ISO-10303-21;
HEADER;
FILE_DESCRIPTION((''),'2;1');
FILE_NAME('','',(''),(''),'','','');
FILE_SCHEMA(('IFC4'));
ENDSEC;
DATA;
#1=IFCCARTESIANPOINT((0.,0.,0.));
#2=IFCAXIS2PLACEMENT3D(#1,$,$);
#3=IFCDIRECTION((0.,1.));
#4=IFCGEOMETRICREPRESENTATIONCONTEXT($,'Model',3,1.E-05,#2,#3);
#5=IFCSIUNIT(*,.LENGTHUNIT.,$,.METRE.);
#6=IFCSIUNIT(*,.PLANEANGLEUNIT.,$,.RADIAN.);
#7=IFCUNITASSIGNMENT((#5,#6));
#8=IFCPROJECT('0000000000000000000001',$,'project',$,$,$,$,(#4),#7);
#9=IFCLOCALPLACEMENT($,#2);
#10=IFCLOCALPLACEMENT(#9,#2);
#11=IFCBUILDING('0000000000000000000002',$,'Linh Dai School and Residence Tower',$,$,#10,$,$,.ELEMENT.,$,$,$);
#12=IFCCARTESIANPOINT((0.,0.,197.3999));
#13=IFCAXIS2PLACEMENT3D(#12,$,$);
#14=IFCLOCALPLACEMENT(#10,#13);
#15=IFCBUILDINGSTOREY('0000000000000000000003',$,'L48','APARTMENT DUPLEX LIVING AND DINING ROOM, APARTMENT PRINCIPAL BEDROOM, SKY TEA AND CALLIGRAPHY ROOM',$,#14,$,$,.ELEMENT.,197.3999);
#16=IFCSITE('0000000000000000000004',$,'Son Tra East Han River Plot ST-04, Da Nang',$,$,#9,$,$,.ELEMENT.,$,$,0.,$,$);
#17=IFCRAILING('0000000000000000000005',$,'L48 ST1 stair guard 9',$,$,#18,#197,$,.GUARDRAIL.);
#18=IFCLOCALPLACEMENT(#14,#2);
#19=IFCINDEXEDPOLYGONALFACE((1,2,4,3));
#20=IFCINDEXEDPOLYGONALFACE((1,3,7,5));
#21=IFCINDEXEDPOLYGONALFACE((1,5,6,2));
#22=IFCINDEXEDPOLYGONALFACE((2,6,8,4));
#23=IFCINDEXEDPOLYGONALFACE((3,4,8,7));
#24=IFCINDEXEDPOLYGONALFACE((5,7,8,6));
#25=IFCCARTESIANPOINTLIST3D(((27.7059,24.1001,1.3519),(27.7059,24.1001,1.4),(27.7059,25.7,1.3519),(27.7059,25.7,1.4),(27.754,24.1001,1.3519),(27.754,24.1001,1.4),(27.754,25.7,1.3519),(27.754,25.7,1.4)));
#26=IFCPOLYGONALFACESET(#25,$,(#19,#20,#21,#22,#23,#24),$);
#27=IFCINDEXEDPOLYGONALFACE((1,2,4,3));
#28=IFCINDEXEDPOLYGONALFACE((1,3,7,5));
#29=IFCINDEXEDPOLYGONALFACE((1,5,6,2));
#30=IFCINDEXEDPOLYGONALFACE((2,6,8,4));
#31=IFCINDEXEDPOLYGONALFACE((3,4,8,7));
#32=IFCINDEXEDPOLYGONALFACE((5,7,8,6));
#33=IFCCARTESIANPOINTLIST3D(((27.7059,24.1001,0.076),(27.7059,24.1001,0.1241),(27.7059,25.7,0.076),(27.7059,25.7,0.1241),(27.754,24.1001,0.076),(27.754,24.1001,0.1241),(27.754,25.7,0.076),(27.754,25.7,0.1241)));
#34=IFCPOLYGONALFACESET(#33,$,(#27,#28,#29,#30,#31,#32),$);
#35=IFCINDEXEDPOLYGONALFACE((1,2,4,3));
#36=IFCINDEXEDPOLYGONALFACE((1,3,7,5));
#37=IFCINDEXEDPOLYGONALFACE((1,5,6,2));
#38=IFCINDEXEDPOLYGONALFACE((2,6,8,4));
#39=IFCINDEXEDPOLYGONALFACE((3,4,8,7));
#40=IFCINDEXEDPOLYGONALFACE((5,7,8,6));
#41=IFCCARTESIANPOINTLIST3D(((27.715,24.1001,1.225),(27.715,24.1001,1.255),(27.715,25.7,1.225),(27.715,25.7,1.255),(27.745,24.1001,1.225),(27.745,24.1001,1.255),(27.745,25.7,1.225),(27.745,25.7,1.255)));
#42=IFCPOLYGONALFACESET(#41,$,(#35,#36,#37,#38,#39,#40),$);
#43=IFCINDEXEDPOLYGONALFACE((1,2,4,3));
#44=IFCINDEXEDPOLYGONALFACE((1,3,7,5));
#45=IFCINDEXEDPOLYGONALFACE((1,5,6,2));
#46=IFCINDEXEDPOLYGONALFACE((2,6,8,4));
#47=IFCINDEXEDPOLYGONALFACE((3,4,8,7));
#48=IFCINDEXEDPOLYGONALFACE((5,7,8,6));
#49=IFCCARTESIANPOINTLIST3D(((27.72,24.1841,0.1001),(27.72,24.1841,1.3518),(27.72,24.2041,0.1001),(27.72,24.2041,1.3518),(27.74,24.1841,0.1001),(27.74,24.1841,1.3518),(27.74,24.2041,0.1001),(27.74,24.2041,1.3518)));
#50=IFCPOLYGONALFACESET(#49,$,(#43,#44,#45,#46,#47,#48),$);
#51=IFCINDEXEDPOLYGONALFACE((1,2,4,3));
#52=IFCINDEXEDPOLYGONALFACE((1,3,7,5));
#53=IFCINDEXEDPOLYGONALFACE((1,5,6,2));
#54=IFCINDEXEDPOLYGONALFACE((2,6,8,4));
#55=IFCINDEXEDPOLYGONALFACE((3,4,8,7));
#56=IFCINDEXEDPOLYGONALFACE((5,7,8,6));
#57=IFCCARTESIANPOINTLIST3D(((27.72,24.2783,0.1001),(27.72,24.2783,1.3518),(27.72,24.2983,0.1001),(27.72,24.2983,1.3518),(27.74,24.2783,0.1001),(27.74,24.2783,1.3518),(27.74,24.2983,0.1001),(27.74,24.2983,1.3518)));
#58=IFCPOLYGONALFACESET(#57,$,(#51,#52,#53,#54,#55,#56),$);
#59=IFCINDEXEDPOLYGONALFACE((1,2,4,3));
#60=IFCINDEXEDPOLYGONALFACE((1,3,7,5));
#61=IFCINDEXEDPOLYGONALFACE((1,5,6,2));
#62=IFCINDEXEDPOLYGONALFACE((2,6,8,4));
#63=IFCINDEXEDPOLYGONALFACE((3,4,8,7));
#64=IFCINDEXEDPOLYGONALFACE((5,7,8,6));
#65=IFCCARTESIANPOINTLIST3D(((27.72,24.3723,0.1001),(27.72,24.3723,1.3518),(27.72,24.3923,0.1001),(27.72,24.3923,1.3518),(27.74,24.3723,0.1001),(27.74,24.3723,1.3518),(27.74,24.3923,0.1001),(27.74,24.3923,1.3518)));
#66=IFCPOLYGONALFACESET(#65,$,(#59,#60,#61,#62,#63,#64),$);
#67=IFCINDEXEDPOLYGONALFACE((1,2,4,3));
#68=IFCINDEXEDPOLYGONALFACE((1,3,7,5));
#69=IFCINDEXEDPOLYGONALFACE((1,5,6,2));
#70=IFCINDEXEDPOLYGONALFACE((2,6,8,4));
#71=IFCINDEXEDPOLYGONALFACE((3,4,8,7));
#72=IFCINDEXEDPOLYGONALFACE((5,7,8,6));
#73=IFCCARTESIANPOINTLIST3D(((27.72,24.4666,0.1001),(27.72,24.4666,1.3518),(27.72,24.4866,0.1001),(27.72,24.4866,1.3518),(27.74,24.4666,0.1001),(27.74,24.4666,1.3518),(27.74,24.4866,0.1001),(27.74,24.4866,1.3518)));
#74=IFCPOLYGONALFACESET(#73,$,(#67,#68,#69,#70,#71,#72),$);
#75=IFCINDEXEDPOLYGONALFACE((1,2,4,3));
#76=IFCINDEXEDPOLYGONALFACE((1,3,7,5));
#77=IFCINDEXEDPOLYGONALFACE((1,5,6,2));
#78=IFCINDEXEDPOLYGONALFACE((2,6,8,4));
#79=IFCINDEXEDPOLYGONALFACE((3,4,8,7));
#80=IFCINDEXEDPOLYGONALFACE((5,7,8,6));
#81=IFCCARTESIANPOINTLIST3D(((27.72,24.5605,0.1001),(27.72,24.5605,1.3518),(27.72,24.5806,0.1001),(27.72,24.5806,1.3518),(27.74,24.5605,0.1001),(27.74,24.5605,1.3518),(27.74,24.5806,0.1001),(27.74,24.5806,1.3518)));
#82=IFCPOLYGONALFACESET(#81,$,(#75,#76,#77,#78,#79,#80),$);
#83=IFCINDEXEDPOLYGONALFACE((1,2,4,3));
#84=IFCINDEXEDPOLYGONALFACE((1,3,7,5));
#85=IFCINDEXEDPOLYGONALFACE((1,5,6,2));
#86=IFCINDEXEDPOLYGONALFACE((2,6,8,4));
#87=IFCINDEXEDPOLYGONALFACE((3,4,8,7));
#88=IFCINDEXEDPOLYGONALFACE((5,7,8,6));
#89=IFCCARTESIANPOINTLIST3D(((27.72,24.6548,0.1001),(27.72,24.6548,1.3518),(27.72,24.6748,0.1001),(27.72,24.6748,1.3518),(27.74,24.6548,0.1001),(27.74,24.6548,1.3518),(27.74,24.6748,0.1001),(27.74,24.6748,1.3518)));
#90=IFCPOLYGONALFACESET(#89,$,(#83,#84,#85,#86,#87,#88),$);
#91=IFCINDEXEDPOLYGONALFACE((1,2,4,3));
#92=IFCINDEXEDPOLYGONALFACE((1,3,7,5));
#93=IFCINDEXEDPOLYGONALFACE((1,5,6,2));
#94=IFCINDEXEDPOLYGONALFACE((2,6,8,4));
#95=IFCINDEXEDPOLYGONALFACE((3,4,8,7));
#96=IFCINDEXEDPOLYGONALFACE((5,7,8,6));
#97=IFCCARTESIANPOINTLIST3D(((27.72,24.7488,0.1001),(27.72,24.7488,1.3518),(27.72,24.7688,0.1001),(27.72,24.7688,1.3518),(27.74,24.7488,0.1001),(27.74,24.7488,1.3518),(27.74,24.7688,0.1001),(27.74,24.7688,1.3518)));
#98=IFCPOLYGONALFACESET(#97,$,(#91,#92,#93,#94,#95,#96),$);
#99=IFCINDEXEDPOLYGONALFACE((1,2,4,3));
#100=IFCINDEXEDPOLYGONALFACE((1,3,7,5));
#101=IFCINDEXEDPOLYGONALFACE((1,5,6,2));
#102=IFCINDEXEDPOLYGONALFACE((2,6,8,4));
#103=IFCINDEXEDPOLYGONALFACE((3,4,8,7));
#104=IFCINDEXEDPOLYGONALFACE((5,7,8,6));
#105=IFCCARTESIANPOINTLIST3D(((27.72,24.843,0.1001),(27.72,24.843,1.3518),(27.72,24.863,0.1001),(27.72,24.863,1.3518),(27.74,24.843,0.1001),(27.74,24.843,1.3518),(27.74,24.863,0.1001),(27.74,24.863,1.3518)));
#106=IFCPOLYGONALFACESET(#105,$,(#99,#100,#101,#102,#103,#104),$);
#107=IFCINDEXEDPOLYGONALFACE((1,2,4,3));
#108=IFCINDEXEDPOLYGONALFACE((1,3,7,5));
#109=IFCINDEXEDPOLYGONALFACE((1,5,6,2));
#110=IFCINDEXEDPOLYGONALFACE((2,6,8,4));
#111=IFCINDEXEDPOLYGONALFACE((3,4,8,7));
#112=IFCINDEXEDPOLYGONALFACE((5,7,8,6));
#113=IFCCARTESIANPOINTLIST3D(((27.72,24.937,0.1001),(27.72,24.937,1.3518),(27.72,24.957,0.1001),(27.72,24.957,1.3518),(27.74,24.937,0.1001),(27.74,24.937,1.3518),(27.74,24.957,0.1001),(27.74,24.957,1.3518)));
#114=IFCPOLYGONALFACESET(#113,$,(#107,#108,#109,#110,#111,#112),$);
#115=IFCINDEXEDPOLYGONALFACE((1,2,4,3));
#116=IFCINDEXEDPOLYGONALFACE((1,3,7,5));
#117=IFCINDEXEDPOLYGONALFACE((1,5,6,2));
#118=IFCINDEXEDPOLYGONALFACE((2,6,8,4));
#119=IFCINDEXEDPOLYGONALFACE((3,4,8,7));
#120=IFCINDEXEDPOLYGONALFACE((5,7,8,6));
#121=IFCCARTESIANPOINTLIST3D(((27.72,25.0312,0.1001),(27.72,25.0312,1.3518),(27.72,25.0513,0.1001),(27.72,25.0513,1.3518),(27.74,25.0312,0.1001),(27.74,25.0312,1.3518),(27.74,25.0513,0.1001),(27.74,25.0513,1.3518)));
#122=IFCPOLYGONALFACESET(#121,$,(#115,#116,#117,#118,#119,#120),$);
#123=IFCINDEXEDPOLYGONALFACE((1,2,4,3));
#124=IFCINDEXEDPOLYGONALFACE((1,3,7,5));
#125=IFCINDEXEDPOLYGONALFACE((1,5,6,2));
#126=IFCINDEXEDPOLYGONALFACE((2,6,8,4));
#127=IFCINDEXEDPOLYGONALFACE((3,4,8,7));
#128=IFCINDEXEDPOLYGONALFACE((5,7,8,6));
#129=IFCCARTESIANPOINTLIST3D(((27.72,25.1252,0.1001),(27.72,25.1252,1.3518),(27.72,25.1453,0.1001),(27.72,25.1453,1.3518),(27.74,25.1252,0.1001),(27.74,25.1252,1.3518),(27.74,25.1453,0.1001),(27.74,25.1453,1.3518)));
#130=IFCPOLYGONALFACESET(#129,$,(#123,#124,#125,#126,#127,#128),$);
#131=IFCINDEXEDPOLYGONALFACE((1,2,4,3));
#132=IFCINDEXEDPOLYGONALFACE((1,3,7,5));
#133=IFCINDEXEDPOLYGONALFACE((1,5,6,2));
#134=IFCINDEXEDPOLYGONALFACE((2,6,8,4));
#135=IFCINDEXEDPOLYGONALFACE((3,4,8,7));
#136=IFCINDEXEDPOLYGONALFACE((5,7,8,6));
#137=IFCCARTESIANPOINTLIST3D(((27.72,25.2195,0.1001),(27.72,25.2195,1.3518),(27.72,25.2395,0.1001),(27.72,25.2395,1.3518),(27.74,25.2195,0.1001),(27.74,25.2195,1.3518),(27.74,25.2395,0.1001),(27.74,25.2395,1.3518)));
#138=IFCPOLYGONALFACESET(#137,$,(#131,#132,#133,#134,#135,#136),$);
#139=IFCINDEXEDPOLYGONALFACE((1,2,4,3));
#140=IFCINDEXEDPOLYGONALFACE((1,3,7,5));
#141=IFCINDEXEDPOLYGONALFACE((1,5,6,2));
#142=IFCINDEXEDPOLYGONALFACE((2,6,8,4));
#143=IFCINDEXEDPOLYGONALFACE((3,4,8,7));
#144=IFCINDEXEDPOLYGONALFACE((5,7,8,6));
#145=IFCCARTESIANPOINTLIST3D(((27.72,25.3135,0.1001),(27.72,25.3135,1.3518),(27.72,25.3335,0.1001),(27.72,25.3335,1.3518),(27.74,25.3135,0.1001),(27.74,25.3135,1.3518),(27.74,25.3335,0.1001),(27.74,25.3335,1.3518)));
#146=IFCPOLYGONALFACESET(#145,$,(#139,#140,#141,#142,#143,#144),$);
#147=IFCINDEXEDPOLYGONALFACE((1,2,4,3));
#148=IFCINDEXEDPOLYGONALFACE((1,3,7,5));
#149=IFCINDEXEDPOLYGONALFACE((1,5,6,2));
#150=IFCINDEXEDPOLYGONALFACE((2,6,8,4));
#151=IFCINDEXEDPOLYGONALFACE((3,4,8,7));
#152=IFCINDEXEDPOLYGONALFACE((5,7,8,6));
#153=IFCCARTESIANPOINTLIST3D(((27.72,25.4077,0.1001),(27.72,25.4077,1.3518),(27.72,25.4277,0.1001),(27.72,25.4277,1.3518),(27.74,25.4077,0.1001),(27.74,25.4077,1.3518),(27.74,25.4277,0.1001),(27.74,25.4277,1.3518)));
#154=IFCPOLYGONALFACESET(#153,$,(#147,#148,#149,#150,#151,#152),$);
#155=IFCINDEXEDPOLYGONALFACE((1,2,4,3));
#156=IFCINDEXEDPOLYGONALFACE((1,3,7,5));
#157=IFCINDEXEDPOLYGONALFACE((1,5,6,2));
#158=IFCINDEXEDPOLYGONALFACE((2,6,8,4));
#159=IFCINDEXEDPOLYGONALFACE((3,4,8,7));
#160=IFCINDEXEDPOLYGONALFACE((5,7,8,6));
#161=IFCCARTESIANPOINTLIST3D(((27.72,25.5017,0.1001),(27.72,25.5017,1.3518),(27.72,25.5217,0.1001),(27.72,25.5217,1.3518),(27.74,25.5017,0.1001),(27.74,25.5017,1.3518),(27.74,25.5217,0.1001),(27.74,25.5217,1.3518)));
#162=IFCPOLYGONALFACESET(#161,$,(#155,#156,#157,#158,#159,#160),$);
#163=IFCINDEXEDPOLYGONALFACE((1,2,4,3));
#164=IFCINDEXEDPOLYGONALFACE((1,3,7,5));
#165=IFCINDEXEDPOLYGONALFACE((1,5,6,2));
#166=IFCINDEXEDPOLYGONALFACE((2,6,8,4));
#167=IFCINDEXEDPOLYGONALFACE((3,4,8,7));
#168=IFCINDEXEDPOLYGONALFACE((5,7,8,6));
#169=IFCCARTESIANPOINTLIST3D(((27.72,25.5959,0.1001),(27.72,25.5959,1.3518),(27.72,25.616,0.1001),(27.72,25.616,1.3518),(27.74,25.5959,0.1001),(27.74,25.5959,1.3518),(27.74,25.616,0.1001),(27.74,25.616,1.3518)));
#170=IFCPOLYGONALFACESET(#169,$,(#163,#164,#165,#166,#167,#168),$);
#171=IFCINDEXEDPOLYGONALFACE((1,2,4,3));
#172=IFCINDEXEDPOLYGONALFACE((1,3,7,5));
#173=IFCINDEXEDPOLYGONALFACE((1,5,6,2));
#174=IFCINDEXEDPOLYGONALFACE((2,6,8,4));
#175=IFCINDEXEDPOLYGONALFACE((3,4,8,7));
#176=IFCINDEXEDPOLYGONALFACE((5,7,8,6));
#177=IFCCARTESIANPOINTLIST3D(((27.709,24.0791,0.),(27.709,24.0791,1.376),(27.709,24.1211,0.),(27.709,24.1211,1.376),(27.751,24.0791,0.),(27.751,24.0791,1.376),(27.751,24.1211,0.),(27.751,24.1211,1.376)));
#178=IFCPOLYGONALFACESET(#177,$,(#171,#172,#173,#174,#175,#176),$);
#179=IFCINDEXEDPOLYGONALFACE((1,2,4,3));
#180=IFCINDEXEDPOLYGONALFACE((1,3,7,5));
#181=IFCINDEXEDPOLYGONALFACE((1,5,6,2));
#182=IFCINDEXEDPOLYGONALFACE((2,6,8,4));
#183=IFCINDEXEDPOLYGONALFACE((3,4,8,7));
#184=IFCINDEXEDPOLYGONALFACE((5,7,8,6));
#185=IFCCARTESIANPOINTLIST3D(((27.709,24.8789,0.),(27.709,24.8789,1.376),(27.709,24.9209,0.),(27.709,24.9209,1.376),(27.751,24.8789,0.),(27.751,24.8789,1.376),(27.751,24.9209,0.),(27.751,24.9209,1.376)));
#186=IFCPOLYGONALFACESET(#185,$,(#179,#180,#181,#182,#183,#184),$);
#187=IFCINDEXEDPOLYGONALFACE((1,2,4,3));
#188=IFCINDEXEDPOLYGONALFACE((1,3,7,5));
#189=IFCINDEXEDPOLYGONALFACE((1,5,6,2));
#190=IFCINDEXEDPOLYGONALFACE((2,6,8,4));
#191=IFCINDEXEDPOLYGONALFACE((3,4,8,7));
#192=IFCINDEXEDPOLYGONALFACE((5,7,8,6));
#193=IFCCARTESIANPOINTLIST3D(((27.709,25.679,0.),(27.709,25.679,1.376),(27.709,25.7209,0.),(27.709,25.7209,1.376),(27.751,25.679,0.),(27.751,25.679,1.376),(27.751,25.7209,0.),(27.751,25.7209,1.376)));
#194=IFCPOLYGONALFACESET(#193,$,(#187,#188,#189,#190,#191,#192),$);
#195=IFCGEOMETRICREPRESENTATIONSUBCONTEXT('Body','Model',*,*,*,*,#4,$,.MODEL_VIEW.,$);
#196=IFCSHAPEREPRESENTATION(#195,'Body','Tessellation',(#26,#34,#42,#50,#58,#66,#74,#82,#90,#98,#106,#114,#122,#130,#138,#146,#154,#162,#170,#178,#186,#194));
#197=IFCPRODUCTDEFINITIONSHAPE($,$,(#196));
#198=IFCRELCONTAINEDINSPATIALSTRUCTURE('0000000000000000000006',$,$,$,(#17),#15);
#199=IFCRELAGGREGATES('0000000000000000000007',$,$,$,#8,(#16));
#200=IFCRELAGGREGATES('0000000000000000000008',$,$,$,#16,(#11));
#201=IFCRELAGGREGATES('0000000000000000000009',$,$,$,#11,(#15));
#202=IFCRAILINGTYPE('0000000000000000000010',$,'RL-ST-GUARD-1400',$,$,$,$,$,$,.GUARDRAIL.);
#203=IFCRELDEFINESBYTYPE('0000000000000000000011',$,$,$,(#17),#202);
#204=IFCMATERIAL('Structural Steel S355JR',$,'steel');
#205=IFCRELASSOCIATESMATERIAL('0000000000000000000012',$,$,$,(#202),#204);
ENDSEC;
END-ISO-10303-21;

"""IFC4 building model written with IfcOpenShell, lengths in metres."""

from ifc_helpers import new_model, si_unit, direction, frame, origin, origin_2d, place, context, subcontext, project, spatial, rectangle, extrude, source, transform, mapped, material, type_object, element, save


model = new_model("IFC4")

# Units and contexts
model_context = context("Model", 3, precision=1e-05, world=origin(), true_north=direction((0.0, 1.0)))
body_context = subcontext(model_context, "Body", "Model", "MODEL_VIEW")
ifc_project = project(units=[si_unit("LENGTHUNIT", "METRE"), si_unit("PLANEANGLEUNIT", "RADIAN")], contexts=[model_context])

# Site, building, storey
site_placement = place(None, origin())
site = spatial("IfcSite", under=ifc_project, at=site_placement, Name="Son Tra East Han River Plot ST-04, Da Nang", CompositionType="ELEMENT", RefElevation=0.0)
building_placement = place(site_placement, origin())
building = spatial("IfcBuilding", under=site, at=building_placement, Name="Linh Dai School and Residence Tower", CompositionType="ELEMENT")
storey_placement = place(building_placement, frame((0.0, 0.0, 197.3999)))
storey = spatial("IfcBuildingStorey", under=building, at=storey_placement, Name="L48", Description="APARTMENT DUPLEX LIVING AND DINING ROOM, APARTMENT PRINCIPAL BEDROOM, SKY TEA AND CALLIGRAPHY ROOM", CompositionType="ELEMENT", Elevation=197.3999)

# Shared definitions
ifc_material_1 = material(Name="Structural Steel S355JR", Category="steel")

# Railing
railing_type = type_object("IfcRailingType", Name="RL-ST-GUARD-1400", PredefinedType="GUARDRAIL", material=ifc_material_1)
shared_shape_1 = source(origin(), body_context, "Body", "SweptSolid", [
    extrude(rectangle(XDim=0.0481, YDim=0.0481, at=origin_2d()), frame((0.0, 0.0, 1.376), z_axis=(0.0, 1.0, 0.0), x_axis=(-1.0, 0.0, 0.0)), (0.0, 0.0, 1.0), 1.5999),
    extrude(rectangle(XDim=0.0481, YDim=0.0481, at=origin_2d()), frame((0.0, 0.0, 0.1001), z_axis=(0.0, 1.0, 0.0), x_axis=(-1.0, 0.0, 0.0)), (0.0, 0.0, 1.0), 1.5999),
    extrude(rectangle(XDim=0.03, YDim=0.03, at=origin_2d()), frame((0.0, 0.0, 1.24), z_axis=(0.0, 1.0, 0.0), x_axis=(-1.0, 0.0, 0.0)), (0.0, 0.0, 1.0), 1.5999),
    extrude(rectangle(XDim=0.02, YDim=0.02, at=origin_2d()), frame((0.0, 0.094, 0.1001)), (0.0, 0.0, 1.0), 1.2517),
    extrude(rectangle(XDim=0.02, YDim=0.02, at=origin_2d()), frame((0.0, 0.1882, 0.1001)), (0.0, 0.0, 1.0), 1.2517),
    extrude(rectangle(XDim=0.02, YDim=0.02, at=origin_2d()), frame((0.0, 0.2822, 0.1001)), (0.0, 0.0, 1.0), 1.2517),
    extrude(rectangle(XDim=0.02, YDim=0.02, at=origin_2d()), frame((0.0, 0.3765, 0.1001)), (0.0, 0.0, 1.0), 1.2517),
    extrude(rectangle(XDim=0.02, YDim=0.02, at=origin_2d()), frame((0.0, 0.4705, 0.1001)), (0.0, 0.0, 1.0), 1.2517),
    extrude(rectangle(XDim=0.02, YDim=0.02, at=origin_2d()), frame((0.0, 0.5647, 0.1001)), (0.0, 0.0, 1.0), 1.2517),
    extrude(rectangle(XDim=0.02, YDim=0.02, at=origin_2d()), frame((0.0, 0.6587, 0.1001)), (0.0, 0.0, 1.0), 1.2517),
    extrude(rectangle(XDim=0.02, YDim=0.02, at=origin_2d()), frame((0.0, 0.7529, 0.1001)), (0.0, 0.0, 1.0), 1.2517),
    extrude(rectangle(XDim=0.02, YDim=0.02, at=origin_2d()), frame((0.0, 0.8469, 0.1001)), (0.0, 0.0, 1.0), 1.2517),
    extrude(rectangle(XDim=0.02, YDim=0.02, at=origin_2d()), frame((0.0, 0.9412, 0.1001)), (0.0, 0.0, 1.0), 1.2517),
    extrude(rectangle(XDim=0.02, YDim=0.02, at=origin_2d()), frame((0.0, 1.0352, 0.1001)), (0.0, 0.0, 1.0), 1.2517),
    extrude(rectangle(XDim=0.02, YDim=0.02, at=origin_2d()), frame((0.0, 1.1294, 0.1001)), (0.0, 0.0, 1.0), 1.2517),
    extrude(rectangle(XDim=0.02, YDim=0.02, at=origin_2d()), frame((0.0, 1.2234, 0.1001)), (0.0, 0.0, 1.0), 1.2517),
    extrude(rectangle(XDim=0.02, YDim=0.02, at=origin_2d()), frame((0.0, 1.3176, 0.1001)), (0.0, 0.0, 1.0), 1.2517),
    extrude(rectangle(XDim=0.02, YDim=0.02, at=origin_2d()), frame((0.0, 1.4116, 0.1001)), (0.0, 0.0, 1.0), 1.2517),
    extrude(rectangle(XDim=0.02, YDim=0.02, at=origin_2d()), frame((0.0, 1.5059, 0.1001)), (0.0, 0.0, 1.0), 1.2517),
    extrude(rectangle(XDim=0.042, YDim=0.042, at=origin_2d()), origin(), (0.0, 0.0, 1.0), 1.376),
    extrude(rectangle(XDim=0.042, YDim=0.042, at=origin_2d()), frame((0.0, 0.7998, 0.0)), (0.0, 0.0, 1.0), 1.376),
    extrude(rectangle(XDim=0.042, YDim=0.042, at=origin_2d()), frame((0.0, 1.5999, 0.0)), (0.0, 0.0, 1.0), 1.376),
])
for number, where, name in (
    (1, (27.73, 24.1001, 0.0), "L48 ST1 stair guard 9"),
):
    element("IfcRailing", number, at=place(storey_placement, frame(where)), inside=storey, type_object=railing_type, Name=name, PredefinedType="GUARDRAIL", context=body_context, shape_type="MappedRepresentation", body=[
        mapped(shared_shape_1, transform((0.0, 0.0, 0.0), x_axis=(1.0, 0.0, 0.0), y_axis=(0.0, 1.0, 0.0), z_axis=(0.0, 0.0, 1.0), scale=1.0)),
    ])

save(model, "model.ifc")
